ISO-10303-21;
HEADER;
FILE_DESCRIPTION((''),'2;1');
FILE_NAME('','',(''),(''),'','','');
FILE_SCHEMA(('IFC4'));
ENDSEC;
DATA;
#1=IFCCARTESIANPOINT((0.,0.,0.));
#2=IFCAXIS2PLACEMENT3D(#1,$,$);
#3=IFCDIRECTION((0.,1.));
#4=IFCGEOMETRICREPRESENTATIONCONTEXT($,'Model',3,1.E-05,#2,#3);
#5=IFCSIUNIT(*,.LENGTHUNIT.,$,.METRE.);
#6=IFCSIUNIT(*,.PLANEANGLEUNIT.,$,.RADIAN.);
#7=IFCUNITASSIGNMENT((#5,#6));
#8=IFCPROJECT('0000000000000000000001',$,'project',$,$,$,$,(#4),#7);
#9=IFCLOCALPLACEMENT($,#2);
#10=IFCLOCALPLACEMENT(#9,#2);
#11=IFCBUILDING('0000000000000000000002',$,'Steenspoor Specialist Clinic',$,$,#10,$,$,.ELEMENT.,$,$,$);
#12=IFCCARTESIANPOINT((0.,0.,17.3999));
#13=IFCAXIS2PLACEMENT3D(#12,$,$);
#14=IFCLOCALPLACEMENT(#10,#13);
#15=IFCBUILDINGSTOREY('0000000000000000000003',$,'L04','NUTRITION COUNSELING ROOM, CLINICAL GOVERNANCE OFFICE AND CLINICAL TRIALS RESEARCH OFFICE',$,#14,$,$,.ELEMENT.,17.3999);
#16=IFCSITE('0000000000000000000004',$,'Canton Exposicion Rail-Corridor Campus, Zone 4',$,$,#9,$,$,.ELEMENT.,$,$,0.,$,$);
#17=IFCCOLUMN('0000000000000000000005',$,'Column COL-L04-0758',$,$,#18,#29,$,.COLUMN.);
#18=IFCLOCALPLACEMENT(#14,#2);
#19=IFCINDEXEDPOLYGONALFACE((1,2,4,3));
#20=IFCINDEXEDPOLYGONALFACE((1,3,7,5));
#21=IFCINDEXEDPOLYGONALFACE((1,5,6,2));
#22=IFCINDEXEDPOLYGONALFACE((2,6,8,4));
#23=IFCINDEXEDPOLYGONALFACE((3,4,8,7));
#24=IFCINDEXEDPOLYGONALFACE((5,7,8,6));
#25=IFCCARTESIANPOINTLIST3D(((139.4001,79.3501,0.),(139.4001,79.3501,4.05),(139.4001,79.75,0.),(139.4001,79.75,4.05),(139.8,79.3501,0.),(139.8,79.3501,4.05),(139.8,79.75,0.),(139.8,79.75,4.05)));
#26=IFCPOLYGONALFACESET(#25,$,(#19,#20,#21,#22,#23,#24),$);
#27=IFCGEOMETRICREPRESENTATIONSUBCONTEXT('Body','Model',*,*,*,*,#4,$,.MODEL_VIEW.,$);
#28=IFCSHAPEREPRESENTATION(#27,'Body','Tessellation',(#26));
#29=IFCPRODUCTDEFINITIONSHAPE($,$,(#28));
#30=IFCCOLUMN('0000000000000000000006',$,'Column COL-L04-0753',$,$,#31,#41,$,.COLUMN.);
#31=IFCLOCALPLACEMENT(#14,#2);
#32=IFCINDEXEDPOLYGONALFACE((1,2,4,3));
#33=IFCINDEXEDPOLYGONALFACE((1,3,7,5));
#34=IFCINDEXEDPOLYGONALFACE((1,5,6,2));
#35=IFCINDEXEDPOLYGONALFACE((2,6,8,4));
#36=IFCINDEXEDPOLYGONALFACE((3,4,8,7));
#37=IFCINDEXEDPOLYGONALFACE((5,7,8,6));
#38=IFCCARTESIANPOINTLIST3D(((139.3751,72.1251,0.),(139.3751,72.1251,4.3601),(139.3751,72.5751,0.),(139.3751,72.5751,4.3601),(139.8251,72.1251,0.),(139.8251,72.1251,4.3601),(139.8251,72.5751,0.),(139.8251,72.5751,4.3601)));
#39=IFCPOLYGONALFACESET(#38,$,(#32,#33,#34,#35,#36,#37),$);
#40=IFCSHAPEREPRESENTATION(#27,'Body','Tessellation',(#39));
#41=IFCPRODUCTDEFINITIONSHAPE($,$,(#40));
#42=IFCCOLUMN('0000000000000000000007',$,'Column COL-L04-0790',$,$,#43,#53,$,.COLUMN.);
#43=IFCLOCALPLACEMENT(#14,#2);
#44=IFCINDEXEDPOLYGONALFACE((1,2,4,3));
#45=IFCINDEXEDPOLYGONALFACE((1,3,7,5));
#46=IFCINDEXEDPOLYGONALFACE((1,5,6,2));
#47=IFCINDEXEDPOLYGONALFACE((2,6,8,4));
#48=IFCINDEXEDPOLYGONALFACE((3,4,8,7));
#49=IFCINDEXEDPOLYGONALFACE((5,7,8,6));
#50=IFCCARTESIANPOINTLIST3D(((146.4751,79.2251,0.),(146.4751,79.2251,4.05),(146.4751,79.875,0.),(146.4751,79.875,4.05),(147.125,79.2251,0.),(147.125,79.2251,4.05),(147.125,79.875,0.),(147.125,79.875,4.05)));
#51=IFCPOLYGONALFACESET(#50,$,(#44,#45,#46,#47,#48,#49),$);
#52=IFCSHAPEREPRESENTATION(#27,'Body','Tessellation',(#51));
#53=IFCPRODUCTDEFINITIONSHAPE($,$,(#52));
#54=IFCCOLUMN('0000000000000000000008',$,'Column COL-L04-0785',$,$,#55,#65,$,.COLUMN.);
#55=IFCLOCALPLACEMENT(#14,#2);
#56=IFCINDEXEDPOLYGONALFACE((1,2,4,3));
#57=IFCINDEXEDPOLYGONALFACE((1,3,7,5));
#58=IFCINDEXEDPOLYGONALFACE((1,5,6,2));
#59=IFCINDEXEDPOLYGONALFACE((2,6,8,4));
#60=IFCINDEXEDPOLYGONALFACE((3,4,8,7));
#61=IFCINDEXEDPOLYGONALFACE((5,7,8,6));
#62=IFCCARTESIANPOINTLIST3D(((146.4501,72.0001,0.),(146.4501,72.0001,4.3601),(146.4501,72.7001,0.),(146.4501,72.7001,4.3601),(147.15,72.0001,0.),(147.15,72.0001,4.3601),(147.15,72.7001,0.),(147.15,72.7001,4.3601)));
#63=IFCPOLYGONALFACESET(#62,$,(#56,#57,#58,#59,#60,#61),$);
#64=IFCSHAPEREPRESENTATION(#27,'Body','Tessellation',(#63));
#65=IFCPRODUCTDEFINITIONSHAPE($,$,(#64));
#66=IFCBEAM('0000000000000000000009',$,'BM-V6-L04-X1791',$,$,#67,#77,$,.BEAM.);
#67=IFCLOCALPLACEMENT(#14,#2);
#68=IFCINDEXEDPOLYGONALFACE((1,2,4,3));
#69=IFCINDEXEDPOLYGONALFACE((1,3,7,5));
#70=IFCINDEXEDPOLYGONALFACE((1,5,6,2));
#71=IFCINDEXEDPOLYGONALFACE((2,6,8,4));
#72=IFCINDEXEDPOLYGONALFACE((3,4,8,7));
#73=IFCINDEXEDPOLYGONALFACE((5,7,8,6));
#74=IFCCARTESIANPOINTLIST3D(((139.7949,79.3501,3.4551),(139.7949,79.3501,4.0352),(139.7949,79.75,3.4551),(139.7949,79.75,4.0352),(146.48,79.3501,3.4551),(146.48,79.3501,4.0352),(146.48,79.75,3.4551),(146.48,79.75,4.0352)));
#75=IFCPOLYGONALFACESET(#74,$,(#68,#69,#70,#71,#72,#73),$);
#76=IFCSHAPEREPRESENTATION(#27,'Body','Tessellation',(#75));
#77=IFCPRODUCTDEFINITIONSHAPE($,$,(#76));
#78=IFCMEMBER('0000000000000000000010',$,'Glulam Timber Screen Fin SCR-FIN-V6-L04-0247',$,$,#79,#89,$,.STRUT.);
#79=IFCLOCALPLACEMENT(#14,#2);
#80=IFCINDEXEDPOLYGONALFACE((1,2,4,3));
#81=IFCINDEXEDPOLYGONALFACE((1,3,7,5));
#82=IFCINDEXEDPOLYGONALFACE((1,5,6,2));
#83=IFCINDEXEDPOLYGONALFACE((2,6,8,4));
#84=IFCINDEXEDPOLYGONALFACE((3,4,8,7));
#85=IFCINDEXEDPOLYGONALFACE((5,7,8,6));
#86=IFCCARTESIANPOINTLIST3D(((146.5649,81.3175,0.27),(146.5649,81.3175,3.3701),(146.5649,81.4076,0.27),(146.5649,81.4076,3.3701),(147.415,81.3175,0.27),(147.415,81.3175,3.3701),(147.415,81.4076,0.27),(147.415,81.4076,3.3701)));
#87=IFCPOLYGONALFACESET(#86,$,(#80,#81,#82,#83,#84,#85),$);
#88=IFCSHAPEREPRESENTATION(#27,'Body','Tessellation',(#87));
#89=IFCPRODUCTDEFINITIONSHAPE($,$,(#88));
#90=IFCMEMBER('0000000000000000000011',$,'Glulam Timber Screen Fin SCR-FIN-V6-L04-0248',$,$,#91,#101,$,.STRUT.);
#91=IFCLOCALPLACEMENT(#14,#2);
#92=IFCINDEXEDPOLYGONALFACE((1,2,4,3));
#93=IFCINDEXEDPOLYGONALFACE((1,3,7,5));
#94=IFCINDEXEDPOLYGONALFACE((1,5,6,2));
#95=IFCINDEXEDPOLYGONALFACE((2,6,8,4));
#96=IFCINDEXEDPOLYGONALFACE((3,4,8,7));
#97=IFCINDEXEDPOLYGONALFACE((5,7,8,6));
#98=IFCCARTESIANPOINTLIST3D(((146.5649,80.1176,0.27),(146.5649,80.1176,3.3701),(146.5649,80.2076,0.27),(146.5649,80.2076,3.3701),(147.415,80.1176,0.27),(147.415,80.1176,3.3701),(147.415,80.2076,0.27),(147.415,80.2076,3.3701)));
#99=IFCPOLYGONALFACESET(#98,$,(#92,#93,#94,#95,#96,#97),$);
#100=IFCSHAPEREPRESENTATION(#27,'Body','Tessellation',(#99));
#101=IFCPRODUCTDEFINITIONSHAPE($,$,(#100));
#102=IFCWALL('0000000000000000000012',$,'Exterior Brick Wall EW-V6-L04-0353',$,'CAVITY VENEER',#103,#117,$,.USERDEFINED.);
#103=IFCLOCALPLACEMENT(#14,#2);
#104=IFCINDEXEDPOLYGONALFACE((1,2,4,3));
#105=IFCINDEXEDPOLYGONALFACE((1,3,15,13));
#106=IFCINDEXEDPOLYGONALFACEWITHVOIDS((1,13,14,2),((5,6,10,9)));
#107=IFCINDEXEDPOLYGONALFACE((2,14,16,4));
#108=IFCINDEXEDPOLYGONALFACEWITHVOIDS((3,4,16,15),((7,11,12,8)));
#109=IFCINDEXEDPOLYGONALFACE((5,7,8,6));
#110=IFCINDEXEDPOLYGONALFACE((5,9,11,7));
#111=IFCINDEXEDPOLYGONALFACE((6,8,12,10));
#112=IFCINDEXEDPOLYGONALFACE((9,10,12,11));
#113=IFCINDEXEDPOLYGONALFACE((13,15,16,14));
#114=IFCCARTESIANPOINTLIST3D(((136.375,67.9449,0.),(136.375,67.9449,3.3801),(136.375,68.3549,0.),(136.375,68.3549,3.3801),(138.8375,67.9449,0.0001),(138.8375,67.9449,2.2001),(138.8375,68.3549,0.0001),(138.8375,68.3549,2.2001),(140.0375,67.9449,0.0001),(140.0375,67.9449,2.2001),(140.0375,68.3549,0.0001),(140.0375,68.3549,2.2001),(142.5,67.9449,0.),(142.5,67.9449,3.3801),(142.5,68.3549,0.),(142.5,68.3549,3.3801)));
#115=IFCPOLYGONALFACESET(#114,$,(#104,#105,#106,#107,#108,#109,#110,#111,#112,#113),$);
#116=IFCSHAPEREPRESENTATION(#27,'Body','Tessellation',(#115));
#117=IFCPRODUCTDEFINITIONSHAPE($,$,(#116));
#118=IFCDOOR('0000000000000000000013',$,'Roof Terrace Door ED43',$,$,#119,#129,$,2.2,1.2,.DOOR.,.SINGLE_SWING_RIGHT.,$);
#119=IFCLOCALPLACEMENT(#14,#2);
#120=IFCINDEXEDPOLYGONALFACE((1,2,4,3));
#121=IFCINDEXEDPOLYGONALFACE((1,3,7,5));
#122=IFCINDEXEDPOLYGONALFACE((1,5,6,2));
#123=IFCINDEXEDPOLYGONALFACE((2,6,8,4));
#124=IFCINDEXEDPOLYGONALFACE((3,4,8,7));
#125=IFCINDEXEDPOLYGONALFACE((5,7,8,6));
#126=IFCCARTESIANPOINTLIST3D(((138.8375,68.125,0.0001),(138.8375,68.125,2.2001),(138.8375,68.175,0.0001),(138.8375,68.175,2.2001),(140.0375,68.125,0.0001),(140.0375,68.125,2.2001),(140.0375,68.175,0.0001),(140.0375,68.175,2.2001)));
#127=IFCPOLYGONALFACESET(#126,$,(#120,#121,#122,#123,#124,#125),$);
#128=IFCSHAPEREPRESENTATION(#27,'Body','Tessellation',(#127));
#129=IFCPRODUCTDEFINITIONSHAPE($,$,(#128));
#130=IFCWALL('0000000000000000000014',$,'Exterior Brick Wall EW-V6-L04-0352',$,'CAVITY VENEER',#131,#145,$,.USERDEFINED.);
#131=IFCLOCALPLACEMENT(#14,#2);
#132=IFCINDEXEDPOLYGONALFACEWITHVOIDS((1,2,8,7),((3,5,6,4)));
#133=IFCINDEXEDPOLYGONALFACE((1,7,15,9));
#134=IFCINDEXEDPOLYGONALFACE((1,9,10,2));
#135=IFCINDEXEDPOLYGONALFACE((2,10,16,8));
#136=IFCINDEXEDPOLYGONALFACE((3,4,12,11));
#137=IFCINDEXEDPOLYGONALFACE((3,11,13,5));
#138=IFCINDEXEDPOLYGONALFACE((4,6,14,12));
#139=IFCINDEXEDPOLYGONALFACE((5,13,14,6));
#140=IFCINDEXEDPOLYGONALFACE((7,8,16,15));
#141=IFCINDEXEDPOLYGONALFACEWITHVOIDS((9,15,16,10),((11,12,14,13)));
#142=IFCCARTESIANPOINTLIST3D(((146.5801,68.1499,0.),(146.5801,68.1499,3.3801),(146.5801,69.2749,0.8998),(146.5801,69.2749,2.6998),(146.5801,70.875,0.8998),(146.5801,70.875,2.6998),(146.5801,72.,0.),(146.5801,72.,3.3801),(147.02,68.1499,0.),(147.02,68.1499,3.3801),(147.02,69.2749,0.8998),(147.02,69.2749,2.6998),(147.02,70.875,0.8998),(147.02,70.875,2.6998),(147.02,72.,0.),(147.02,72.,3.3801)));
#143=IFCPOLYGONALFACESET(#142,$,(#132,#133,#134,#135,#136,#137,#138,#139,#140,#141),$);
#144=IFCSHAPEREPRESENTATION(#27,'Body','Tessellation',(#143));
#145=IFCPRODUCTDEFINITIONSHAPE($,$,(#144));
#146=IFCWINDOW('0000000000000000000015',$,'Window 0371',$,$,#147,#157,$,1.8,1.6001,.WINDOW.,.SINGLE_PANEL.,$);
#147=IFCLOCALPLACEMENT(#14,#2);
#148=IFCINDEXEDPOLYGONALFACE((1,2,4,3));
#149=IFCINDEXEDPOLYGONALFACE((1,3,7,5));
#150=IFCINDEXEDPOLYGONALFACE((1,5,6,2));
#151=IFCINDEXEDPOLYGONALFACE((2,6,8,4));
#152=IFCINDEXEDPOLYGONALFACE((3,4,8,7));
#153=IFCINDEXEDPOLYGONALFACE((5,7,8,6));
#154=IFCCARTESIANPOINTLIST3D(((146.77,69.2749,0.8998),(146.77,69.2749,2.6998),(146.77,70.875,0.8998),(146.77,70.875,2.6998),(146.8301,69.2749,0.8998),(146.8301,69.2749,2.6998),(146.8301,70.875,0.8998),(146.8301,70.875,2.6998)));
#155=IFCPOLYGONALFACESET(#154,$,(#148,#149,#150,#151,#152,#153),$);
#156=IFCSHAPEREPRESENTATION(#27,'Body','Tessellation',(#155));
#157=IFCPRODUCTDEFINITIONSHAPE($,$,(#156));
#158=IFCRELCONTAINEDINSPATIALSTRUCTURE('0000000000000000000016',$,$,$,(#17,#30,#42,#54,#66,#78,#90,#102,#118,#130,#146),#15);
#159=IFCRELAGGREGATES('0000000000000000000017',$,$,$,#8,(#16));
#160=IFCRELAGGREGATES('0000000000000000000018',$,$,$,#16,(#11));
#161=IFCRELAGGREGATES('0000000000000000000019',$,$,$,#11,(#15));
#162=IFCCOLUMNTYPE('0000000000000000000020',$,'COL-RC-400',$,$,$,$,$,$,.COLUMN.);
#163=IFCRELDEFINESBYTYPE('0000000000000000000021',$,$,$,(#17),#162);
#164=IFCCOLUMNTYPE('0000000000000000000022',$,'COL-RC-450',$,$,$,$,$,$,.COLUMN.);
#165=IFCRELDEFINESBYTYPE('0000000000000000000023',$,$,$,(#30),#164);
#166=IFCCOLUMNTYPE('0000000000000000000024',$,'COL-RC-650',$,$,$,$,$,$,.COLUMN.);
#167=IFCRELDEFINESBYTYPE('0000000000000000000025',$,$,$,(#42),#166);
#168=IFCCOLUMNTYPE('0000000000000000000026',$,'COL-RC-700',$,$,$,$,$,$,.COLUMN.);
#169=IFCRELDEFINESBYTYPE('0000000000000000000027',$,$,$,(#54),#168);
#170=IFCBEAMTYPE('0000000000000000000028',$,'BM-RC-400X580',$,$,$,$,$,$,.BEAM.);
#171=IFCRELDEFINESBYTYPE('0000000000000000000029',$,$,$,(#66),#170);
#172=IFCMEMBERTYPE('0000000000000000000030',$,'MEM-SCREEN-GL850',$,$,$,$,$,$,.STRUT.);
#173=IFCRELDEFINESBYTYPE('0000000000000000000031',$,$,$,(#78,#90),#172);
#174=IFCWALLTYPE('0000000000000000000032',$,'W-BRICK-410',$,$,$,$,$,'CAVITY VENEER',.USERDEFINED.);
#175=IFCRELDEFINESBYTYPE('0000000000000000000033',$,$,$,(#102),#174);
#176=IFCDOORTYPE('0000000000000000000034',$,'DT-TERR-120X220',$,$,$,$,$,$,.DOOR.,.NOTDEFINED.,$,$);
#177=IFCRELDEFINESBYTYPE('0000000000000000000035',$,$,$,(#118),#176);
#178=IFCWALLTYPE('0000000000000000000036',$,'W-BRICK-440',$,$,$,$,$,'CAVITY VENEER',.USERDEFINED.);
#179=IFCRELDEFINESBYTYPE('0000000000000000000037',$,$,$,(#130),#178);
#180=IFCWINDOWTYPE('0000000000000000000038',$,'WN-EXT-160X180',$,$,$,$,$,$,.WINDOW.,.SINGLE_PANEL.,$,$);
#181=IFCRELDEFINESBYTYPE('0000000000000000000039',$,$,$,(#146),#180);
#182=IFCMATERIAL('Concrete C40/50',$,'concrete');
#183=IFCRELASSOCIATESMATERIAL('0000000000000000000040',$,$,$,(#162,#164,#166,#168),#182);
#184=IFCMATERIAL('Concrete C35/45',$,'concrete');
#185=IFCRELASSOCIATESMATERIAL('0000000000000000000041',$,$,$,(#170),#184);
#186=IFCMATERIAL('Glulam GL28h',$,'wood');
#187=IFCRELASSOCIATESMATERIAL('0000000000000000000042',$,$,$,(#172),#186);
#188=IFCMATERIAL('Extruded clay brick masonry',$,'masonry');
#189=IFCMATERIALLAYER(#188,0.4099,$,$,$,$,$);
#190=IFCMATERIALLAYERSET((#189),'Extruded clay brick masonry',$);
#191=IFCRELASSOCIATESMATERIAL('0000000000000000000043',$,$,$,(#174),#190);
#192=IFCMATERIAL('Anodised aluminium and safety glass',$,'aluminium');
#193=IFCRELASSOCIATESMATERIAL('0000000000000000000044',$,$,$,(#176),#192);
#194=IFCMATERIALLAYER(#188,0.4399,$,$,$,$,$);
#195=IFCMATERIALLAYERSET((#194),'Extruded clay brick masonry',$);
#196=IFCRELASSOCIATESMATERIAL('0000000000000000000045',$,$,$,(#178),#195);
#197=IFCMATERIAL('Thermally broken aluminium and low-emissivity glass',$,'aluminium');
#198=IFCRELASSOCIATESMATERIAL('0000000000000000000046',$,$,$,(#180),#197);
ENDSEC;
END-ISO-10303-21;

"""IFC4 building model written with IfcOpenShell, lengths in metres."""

from ifc_helpers import new_model, si_unit, direction, frame, frame_2d, origin, origin_2d, place, context, subcontext, project, spatial, rectangle, extrude, material, layer, layer_set, material_profile, profile_set, type_object, element, fill, save


model = new_model("IFC4")

# Units and contexts
model_context = context("Model", 3, precision=1e-05, world=origin(), true_north=direction((0.0, 1.0)))
body_context = subcontext(model_context, "Body", "Model", "MODEL_VIEW")
ifc_project = project(units=[si_unit("LENGTHUNIT", "METRE"), si_unit("PLANEANGLEUNIT", "RADIAN")], contexts=[model_context])

# Site, building, storey
site_placement = place(None, origin())
site = spatial("IfcSite", under=ifc_project, at=site_placement, Name="Canton Exposicion Rail-Corridor Campus, Zone 4", CompositionType="ELEMENT", RefElevation=0.0)
building_placement = place(site_placement, origin())
building = spatial("IfcBuilding", under=site, at=building_placement, Name="Steenspoor Specialist Clinic", CompositionType="ELEMENT")
storey_placement = place(building_placement, frame((0.0, 0.0, 17.3999)))
storey = spatial("IfcBuildingStorey", under=building, at=storey_placement, Name="L04", Description="NUTRITION COUNSELING ROOM, CLINICAL GOVERNANCE OFFICE AND CLINICAL TRIALS RESEARCH OFFICE", CompositionType="ELEMENT", Elevation=17.3999)

# Columns
ifc_material_1 = material(Name="Concrete C40/50", Category="concrete")
ifc_material_profile_1 = material_profile(ifc_material_1, rectangle(XDim=0.3999, YDim=0.3999, at=origin_2d()), Name="RC-COL-400X400")
ifc_profile_set_1 = profile_set([ifc_material_profile_1], Name="Concrete C40/50")
column_type_1 = type_object("IfcColumnType", Name="COL-RC-400", PredefinedType="COLUMN", material=ifc_profile_set_1)
column_1_placement = place(storey_placement, frame((139.6001, 79.55, 0.0), z_axis=(0.0, 0.0, 1.0), x_axis=(1.0, 0.0, 0.0)))
element("IfcColumn", 1, at=column_1_placement, inside=storey, type_object=column_type_1, Name="Column COL-L04-0758", PredefinedType="COLUMN", context=body_context, shape_type="SweptSolid", body=[
    extrude(rectangle(XDim=0.3999, YDim=0.3999, at=origin_2d()), origin(), (0.0, 0.0, 1.0), 4.05),
])
ifc_material_profile_2 = material_profile(ifc_material_1, rectangle(XDim=0.45, YDim=0.45, at=origin_2d()), Name="RC-COL-450X450")
ifc_profile_set_2 = profile_set([ifc_material_profile_2], Name="Concrete C40/50")
column_type_2 = type_object("IfcColumnType", Name="COL-RC-450", PredefinedType="COLUMN", material=ifc_profile_set_2)
column_2_placement = place(storey_placement, frame((139.6001, 72.3501, 0.0), z_axis=(0.0, 0.0, 1.0), x_axis=(1.0, 0.0, 0.0)))
element("IfcColumn", 2, at=column_2_placement, inside=storey, type_object=column_type_2, Name="Column COL-L04-0753", PredefinedType="COLUMN", context=body_context, shape_type="SweptSolid", body=[
    extrude(rectangle(XDim=0.45, YDim=0.45, at=origin_2d()), origin(), (0.0, 0.0, 1.0), 4.3601),
])
ifc_material_profile_3 = material_profile(ifc_material_1, rectangle(XDim=0.6499, YDim=0.6499, at=origin_2d()), Name="RC-COL-650X650")
ifc_profile_set_3 = profile_set([ifc_material_profile_3], Name="Concrete C40/50")
column_type_3 = type_object("IfcColumnType", Name="COL-RC-650", PredefinedType="COLUMN", material=ifc_profile_set_3)
column_3_placement = place(storey_placement, frame((146.8, 79.55, 0.0), z_axis=(0.0, 0.0, 1.0), x_axis=(1.0, 0.0, 0.0)))
element("IfcColumn", 3, at=column_3_placement, inside=storey, type_object=column_type_3, Name="Column COL-L04-0790", PredefinedType="COLUMN", context=body_context, shape_type="SweptSolid", body=[
    extrude(rectangle(XDim=0.6499, YDim=0.6499, at=origin_2d()), origin(), (0.0, 0.0, 1.0), 4.05),
])
ifc_material_profile_4 = material_profile(ifc_material_1, rectangle(XDim=0.7, YDim=0.7, at=origin_2d()), Name="RC-COL-700X700")
ifc_profile_set_4 = profile_set([ifc_material_profile_4], Name="Concrete C40/50")
column_type_4 = type_object("IfcColumnType", Name="COL-RC-700", PredefinedType="COLUMN", material=ifc_profile_set_4)
column_4_placement = place(storey_placement, frame((146.8, 72.3501, 0.0), z_axis=(0.0, 0.0, 1.0), x_axis=(1.0, 0.0, 0.0)))
element("IfcColumn", 4, at=column_4_placement, inside=storey, type_object=column_type_4, Name="Column COL-L04-0785", PredefinedType="COLUMN", context=body_context, shape_type="SweptSolid", body=[
    extrude(rectangle(XDim=0.7, YDim=0.7, at=origin_2d()), origin(), (0.0, 0.0, 1.0), 4.3601),
])

# Beam
ifc_material_2 = material(Name="Concrete C35/45", Category="concrete")
ifc_material_profile_5 = material_profile(ifc_material_2, rectangle(XDim=0.3999, YDim=0.5801, at=origin_2d()), Name="RC-BM-400X580")
ifc_profile_set_5 = profile_set([ifc_material_profile_5], Name="Concrete C35/45")
beam_type = type_object("IfcBeamType", Name="BM-RC-400X580", PredefinedType="BEAM", material=ifc_profile_set_5)
beam_placement = place(storey_placement, frame((139.7949, 79.55, 3.7451), z_axis=(1.0, 0.0, 0.0), x_axis=(0.0, 1.0, 0.0)))
element("IfcBeam", 5, at=beam_placement, inside=storey, type_object=beam_type, Name="BM-V6-L04-X1791", PredefinedType="BEAM", context=body_context, shape_type="SweptSolid", body=[
    extrude(rectangle(XDim=0.3999, YDim=0.5801, at=origin_2d()), origin(), (0.0, 0.0, 1.0), 6.6851),
])

# Members
ifc_material_3 = material(Name="Glulam GL28h", Category="wood")
ifc_material_profile_6 = material_profile(ifc_material_3, rectangle(XDim=0.0901, YDim=0.8501, at=origin_2d()), Name="GL28H-90X850")
ifc_profile_set_6 = profile_set([ifc_material_profile_6], Name="Glulam GL28h")
member_type = type_object("IfcMemberType", Name="MEM-SCREEN-GL850", PredefinedType="STRUT", material=ifc_profile_set_6)
for number, where, z_axis, x_axis, name in (
    (6, (146.99, 81.3625, 0.27), (0.0, 0.0, 1.0), (0.0, -1.0, 0.0), "Glulam Timber Screen Fin SCR-FIN-V6-L04-0247"),
    (7, (146.99, 80.1626, 0.27), (0.0, 0.0, 1.0), (0.0, -1.0, 0.0), "Glulam Timber Screen Fin SCR-FIN-V6-L04-0248"),
):
    element("IfcMember", number, at=place(storey_placement, frame(where, z_axis=z_axis, x_axis=x_axis)), inside=storey, type_object=member_type, Name=name, PredefinedType="STRUT", context=body_context, shape_type="SweptSolid", body=[
        extrude(rectangle(XDim=0.0901, YDim=0.8501, at=origin_2d()), origin(), (0.0, 0.0, 1.0), 3.1001),
    ])

# Wall, opening, door
ifc_material_4 = material(Name="Extruded clay brick masonry", Category="masonry")
ifc_layer_1 = layer(ifc_material_4, 0.4099)
ifc_layer_set_1 = layer_set([ifc_layer_1], Name="Extruded clay brick masonry")
wall_type_1 = type_object("IfcWallType", Name="W-BRICK-410", ElementType="CAVITY VENEER", PredefinedType="USERDEFINED", material=ifc_layer_set_1)
wall_1_placement = place(storey_placement, frame((142.5, 68.1499, 0.0), z_axis=(0.0, 0.0, 1.0), x_axis=(-1.0, 0.0, 0.0)))
wall_1 = element("IfcWall", 8, at=wall_1_placement, inside=storey, type_object=wall_type_1, Name="Exterior Brick Wall EW-V6-L04-0353", ObjectType="CAVITY VENEER", PredefinedType="USERDEFINED", context=body_context, shape_type="SweptSolid", body=[
    extrude(rectangle(XDim=6.125, YDim=0.4099, at=frame_2d((3.0625, 0.0))), origin(), (0.0, 0.0, 1.0), 3.3801),
])
opening_1_placement = place(wall_1_placement, frame((2.4624, 0.0, 0.0)))
opening_1 = element("IfcOpeningElement", 9, at=opening_1_placement, cuts=wall_1, PredefinedType="OPENING", context=body_context, shape_type="SweptSolid", body=[
    extrude(rectangle(XDim=1.2, YDim=2.2, at=frame_2d((0.6001, 1.1001))), frame((0.0, 0.2148, 0.0), z_axis=(0.0, -1.0, 0.0), x_axis=(1.0, 0.0, 0.0)), (0.0, 0.0, 1.0), 0.4299),
])
ifc_material_5 = material(Name="Anodised aluminium and safety glass", Category="aluminium")
door_type_1 = type_object("IfcDoorType", Name="DT-TERR-120X220", OperationType="NOTDEFINED", PredefinedType="DOOR", material=ifc_material_5)
door_1_placement = place(opening_1_placement, origin())
door_1 = element("IfcDoor", 10, at=door_1_placement, inside=storey, type_object=door_type_1, Name="Roof Terrace Door ED43", OperationType="SINGLE_SWING_RIGHT", OverallHeight=2.2, OverallWidth=1.2, PredefinedType="DOOR", context=body_context, shape_type="SweptSolid", body=[
    extrude(rectangle(XDim=1.2, YDim=2.2, at=frame_2d((0.6001, 1.1001))), frame((0.0, 0.0249, 0.0), z_axis=(0.0, -1.0, 0.0), x_axis=(1.0, 0.0, 0.0)), (0.0, 0.0, 1.0), 0.05),
])
fill(opening_1, door_1)

# Wall, opening, window
ifc_layer_2 = layer(ifc_material_4, 0.4399)
ifc_layer_set_2 = layer_set([ifc_layer_2], Name="Extruded clay brick masonry")
wall_type_2 = type_object("IfcWallType", Name="W-BRICK-440", ElementType="CAVITY VENEER", PredefinedType="USERDEFINED", material=ifc_layer_set_2)
wall_2_placement = place(storey_placement, frame((146.8, 72.0, 0.0), z_axis=(0.0, 0.0, 1.0), x_axis=(0.0, -1.0, 0.0)))
wall_2 = element("IfcWall", 11, at=wall_2_placement, inside=storey, type_object=wall_type_2, Name="Exterior Brick Wall EW-V6-L04-0352", ObjectType="CAVITY VENEER", PredefinedType="USERDEFINED", context=body_context, shape_type="SweptSolid", body=[
    extrude(rectangle(XDim=3.8501, YDim=0.4399, at=frame_2d((1.925, 0.0))), origin(), (0.0, 0.0, 1.0), 3.3801),
])
opening_2_placement = place(wall_2_placement, frame((1.125, 0.0, 0.8999)))
opening_2 = element("IfcOpeningElement", 12, at=opening_2_placement, cuts=wall_2, PredefinedType="OPENING", context=body_context, shape_type="SweptSolid", body=[
    extrude(rectangle(XDim=1.6001, YDim=1.8, at=frame_2d((0.8, 0.8999))), frame((0.0, 0.23, 0.0), z_axis=(0.0, -1.0, 0.0), x_axis=(1.0, 0.0, 0.0)), (0.0, 0.0, 1.0), 0.46),
])
ifc_material_6 = material(Name="Thermally broken aluminium and low-emissivity glass", Category="aluminium")
window_type = type_object("IfcWindowType", Name="WN-EXT-160X180", PartitioningType="SINGLE_PANEL", PredefinedType="WINDOW", material=ifc_material_6)
window_placement = place(opening_2_placement, origin())
window = element("IfcWindow", 13, at=window_placement, inside=storey, type_object=window_type, Name="Window 0371", OverallHeight=1.8, OverallWidth=1.6001, PartitioningType="SINGLE_PANEL", PredefinedType="WINDOW", context=body_context, shape_type="SweptSolid", body=[
    extrude(rectangle(XDim=1.6001, YDim=1.8, at=frame_2d((0.8, 0.8999))), frame((0.0, 0.03, 0.0), z_axis=(0.0, -1.0, 0.0), x_axis=(1.0, 0.0, 0.0)), (0.0, 0.0, 1.0), 0.0601),
])
fill(opening_2, window)

save(model, "model.ifc")
